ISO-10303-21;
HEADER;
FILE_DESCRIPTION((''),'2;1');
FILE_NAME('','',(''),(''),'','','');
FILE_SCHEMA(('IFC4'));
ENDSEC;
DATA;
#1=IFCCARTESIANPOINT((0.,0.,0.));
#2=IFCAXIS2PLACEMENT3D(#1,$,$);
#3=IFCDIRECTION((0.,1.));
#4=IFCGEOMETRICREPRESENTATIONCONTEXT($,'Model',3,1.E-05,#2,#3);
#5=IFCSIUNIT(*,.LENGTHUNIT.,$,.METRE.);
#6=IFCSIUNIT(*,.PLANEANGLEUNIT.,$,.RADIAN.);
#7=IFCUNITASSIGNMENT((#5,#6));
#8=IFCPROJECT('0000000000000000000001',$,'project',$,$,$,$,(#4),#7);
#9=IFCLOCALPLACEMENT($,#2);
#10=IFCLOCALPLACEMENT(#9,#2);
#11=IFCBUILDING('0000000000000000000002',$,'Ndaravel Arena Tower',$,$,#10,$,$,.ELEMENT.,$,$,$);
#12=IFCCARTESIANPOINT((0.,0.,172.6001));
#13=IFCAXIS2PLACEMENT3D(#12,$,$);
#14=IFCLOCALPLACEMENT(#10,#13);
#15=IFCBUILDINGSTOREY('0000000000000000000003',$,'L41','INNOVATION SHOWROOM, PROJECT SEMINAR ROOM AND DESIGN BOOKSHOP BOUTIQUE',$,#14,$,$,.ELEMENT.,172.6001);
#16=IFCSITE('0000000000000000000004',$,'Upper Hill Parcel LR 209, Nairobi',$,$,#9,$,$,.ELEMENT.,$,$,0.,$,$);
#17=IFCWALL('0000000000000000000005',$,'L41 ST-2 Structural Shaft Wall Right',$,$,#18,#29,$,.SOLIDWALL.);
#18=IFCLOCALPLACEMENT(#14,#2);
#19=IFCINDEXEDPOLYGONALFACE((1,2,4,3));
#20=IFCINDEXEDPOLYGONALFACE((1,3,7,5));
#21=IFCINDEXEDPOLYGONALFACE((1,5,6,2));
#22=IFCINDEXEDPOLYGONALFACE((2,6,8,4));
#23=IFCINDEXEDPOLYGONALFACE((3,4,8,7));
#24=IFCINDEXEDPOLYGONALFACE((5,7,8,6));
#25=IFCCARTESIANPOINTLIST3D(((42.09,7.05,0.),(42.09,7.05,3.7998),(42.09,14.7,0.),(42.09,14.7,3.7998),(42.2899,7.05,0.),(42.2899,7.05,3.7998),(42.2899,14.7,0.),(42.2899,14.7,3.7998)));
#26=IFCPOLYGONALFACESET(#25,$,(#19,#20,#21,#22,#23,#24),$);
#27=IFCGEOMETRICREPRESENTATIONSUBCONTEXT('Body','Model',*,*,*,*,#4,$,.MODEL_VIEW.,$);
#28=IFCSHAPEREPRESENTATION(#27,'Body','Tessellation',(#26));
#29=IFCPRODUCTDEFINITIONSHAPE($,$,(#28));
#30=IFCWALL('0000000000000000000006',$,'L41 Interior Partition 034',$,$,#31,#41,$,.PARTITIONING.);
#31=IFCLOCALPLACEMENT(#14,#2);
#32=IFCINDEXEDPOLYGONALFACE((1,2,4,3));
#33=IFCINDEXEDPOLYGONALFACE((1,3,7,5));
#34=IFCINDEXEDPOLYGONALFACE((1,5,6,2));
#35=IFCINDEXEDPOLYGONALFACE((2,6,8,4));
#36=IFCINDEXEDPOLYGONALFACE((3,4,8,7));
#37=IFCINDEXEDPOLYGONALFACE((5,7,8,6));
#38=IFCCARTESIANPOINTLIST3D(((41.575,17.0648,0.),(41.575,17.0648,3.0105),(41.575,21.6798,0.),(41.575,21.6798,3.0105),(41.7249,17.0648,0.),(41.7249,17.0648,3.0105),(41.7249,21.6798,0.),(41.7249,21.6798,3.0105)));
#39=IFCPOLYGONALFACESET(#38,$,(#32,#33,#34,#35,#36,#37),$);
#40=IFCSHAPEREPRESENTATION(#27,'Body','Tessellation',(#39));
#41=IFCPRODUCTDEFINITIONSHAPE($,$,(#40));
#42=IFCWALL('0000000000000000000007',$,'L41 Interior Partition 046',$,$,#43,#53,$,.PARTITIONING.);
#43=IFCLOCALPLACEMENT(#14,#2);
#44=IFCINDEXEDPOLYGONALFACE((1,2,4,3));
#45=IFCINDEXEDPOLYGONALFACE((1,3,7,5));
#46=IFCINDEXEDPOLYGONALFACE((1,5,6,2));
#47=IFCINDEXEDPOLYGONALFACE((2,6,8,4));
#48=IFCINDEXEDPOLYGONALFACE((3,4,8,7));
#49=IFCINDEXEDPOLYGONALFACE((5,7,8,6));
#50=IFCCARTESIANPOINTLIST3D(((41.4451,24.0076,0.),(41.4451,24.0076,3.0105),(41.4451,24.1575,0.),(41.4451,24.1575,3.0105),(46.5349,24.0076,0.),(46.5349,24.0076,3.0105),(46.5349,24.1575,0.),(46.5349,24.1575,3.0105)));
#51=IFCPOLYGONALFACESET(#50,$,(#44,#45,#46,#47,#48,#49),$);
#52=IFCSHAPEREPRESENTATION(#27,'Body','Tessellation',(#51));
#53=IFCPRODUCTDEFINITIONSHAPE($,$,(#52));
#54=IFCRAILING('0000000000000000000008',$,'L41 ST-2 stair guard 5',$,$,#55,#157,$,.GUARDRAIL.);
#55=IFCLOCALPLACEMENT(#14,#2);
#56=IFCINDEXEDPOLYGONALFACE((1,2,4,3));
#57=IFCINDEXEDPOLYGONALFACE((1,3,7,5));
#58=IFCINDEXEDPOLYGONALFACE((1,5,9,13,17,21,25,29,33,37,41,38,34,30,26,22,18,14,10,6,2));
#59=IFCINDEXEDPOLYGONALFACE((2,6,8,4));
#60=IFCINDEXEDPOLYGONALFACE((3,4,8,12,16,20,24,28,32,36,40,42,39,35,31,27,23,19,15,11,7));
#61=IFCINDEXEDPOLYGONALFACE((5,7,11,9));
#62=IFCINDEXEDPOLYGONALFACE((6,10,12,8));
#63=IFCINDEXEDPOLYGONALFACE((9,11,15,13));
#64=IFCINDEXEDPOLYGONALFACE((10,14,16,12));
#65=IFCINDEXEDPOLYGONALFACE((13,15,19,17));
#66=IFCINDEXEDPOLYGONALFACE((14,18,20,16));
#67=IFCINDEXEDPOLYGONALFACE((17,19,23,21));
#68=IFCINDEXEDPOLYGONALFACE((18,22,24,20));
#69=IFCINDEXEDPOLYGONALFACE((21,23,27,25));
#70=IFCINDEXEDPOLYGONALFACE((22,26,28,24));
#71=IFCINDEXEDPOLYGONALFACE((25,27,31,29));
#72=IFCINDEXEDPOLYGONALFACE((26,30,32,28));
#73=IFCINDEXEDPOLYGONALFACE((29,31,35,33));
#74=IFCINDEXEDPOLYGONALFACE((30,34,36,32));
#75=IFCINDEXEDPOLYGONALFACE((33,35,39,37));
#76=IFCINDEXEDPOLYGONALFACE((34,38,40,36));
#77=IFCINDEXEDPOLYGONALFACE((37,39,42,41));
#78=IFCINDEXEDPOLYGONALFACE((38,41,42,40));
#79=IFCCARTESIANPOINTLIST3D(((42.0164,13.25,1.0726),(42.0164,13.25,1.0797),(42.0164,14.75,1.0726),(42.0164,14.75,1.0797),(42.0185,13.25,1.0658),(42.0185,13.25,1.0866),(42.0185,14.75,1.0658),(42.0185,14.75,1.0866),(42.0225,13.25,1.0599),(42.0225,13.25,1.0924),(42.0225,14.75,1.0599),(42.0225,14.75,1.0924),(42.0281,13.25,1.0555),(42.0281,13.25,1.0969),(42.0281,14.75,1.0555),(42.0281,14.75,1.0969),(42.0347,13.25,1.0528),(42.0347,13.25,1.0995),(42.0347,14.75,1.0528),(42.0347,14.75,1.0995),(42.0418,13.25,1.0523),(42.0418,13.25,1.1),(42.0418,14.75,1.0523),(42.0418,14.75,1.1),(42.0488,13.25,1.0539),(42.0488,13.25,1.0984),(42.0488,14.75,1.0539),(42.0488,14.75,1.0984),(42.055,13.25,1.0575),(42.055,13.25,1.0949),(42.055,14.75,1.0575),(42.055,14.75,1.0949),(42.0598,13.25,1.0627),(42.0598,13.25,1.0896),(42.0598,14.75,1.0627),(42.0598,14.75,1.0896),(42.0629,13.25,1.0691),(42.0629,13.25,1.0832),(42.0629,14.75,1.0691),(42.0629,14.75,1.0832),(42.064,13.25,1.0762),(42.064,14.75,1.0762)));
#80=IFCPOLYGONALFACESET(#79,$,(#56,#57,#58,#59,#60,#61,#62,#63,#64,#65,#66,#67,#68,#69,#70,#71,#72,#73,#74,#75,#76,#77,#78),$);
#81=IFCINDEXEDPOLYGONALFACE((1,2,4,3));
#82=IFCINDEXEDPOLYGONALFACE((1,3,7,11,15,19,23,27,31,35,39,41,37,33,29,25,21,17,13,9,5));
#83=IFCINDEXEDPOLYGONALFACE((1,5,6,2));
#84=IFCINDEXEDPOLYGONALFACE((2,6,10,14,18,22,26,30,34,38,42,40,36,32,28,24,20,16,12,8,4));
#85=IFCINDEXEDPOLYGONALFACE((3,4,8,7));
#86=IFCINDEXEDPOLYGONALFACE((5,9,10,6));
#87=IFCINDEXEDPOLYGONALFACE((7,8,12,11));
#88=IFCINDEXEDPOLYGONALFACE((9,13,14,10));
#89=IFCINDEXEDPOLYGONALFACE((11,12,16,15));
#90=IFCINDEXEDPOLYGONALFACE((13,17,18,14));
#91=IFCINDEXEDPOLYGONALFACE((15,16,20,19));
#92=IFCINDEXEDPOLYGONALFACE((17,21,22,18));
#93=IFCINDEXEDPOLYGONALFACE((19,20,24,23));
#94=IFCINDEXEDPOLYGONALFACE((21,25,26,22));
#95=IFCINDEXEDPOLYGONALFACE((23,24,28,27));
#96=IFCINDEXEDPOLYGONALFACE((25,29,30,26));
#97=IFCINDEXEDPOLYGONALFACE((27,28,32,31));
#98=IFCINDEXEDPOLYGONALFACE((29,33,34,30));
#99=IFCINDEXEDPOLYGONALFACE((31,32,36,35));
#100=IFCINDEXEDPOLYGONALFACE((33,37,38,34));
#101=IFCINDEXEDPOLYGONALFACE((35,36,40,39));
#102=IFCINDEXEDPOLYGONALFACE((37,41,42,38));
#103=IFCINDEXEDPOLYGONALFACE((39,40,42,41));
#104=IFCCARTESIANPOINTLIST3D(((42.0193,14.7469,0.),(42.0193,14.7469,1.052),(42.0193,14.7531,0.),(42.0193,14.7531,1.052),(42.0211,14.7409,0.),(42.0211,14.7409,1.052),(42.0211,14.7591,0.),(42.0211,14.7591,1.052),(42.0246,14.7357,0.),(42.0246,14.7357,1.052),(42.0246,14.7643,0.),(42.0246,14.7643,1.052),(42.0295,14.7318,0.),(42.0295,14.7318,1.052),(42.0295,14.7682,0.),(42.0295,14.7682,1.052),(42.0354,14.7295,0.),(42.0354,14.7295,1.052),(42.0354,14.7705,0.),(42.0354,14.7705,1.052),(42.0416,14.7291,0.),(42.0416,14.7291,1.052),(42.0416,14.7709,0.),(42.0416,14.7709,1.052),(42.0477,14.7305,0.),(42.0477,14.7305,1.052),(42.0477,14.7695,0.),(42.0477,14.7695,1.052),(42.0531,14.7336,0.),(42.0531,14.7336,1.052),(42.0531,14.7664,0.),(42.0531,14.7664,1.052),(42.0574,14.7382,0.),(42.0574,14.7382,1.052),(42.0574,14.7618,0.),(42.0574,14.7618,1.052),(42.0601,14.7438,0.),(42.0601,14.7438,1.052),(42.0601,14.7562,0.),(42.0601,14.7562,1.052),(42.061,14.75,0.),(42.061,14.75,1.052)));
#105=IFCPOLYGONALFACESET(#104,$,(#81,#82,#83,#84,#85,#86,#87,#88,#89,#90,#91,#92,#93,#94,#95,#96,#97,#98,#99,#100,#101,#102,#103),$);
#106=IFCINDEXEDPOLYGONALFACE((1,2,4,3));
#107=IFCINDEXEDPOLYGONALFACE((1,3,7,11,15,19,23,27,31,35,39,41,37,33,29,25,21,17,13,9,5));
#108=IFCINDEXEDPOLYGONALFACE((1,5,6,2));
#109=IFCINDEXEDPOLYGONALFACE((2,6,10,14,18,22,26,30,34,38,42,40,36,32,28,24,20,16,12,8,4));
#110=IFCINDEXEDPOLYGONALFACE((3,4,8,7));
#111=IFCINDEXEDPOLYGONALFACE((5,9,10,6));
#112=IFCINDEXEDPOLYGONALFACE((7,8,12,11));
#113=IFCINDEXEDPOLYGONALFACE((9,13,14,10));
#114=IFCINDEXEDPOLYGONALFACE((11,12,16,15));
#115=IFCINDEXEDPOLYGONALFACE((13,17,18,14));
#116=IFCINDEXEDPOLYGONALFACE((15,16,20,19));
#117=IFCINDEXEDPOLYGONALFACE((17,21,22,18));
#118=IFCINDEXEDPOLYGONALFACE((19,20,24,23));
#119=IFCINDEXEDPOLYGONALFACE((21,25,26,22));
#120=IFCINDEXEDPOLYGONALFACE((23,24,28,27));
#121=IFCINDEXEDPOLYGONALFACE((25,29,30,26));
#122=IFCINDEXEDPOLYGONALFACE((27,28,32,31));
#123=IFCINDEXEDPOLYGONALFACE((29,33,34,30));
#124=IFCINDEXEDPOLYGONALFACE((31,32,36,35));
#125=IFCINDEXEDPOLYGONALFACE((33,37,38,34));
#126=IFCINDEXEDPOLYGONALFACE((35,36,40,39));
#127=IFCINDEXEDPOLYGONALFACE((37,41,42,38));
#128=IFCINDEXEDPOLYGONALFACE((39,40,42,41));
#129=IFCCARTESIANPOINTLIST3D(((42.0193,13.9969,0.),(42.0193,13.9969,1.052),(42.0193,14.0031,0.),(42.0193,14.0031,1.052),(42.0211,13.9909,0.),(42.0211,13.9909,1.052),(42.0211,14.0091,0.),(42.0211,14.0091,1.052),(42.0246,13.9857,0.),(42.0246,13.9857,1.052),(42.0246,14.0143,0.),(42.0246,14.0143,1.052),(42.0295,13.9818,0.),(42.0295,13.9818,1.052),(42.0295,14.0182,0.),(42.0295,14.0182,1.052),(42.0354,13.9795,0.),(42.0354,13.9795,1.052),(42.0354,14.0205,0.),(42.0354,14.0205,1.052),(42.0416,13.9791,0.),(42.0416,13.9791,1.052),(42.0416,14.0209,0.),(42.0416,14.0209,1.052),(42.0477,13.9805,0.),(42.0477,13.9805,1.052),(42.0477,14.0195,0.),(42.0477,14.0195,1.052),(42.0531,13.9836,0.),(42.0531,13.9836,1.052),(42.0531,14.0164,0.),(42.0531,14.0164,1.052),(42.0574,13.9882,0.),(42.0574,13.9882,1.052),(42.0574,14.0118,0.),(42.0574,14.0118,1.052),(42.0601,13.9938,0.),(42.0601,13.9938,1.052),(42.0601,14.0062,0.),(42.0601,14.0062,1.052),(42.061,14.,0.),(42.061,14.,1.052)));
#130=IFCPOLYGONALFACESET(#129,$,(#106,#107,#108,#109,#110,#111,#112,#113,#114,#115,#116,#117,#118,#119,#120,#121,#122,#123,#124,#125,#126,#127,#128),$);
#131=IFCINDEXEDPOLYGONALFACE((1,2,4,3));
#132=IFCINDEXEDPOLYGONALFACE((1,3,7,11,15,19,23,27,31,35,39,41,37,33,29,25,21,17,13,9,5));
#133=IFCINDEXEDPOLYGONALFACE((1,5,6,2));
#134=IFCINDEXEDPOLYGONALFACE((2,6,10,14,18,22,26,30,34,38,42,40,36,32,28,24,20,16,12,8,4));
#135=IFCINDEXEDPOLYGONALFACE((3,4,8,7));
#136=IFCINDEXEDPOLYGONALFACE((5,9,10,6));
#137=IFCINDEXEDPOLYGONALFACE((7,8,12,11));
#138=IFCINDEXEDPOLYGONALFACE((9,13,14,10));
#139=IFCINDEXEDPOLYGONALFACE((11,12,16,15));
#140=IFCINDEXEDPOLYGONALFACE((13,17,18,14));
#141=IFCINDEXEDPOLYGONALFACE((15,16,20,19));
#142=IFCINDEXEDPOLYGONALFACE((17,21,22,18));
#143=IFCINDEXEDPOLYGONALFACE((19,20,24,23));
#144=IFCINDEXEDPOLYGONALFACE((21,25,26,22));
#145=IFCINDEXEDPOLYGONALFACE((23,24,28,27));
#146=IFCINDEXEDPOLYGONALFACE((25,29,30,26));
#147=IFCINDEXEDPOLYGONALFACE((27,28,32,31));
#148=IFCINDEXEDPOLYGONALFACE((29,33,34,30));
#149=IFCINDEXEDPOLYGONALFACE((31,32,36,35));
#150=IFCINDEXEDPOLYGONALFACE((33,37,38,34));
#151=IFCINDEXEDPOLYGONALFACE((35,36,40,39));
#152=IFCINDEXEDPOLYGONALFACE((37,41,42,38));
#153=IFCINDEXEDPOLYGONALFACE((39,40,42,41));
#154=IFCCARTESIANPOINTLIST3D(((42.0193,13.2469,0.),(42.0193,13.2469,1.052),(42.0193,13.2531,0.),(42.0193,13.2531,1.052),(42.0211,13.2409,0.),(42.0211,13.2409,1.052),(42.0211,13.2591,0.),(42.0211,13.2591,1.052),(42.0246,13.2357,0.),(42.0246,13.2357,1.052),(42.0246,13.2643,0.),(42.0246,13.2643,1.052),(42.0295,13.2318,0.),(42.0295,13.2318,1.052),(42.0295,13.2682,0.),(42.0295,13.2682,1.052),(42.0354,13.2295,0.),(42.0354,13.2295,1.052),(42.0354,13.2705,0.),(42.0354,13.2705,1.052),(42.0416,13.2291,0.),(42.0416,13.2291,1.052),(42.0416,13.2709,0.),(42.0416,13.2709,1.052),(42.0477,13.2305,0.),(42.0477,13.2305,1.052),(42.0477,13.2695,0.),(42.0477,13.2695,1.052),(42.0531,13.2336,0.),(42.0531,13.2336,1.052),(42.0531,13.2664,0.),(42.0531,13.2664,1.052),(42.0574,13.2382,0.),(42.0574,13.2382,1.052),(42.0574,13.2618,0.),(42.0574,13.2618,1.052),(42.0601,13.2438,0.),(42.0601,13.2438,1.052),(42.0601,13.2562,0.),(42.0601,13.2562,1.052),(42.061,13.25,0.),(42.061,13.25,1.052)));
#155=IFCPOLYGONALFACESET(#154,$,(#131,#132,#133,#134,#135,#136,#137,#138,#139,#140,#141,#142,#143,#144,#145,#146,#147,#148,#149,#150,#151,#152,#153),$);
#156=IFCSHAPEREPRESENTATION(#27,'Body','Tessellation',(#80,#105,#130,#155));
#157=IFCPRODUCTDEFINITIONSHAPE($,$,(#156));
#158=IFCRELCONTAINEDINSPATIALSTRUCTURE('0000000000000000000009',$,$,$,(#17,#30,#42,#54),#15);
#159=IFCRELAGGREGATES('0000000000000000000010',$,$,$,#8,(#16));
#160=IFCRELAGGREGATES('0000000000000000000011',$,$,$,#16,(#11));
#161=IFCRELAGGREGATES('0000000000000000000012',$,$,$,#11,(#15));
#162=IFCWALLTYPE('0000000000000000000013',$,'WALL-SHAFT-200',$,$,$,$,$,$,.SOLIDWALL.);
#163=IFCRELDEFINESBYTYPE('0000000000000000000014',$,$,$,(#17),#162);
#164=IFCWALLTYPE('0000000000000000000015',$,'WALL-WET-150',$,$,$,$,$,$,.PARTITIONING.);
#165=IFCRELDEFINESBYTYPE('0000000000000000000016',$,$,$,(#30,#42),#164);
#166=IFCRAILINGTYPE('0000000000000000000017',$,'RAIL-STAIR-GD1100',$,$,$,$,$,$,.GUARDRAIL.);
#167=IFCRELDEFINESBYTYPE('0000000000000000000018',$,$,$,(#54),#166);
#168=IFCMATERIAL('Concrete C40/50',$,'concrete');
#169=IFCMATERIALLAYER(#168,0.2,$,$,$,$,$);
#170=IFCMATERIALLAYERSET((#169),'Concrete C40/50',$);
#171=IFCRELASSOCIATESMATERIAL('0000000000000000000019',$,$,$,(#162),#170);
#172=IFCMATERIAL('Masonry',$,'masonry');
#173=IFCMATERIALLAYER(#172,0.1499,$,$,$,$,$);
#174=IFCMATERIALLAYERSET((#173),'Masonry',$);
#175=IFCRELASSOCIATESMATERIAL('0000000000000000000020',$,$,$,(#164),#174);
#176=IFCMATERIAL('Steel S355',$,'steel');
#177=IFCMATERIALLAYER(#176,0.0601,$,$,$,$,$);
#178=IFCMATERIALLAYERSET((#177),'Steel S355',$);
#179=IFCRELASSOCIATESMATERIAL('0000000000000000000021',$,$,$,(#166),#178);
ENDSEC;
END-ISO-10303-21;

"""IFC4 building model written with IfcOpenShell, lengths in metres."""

from ifc_helpers import new_model, si_unit, direction, frame, frame_2d, origin, origin_2d, place, context, subcontext, project, spatial, rectangle, circle, extrude, material, layer, layer_set, type_object, element, save


model = new_model("IFC4")

# Units and contexts
model_context = context("Model", 3, precision=1e-05, world=origin(), true_north=direction((0.0, 1.0)))
body_context = subcontext(model_context, "Body", "Model", "MODEL_VIEW")
ifc_project = project(units=[si_unit("LENGTHUNIT", "METRE"), si_unit("PLANEANGLEUNIT", "RADIAN")], contexts=[model_context])

# Site, building, storey
site_placement = place(None, origin())
site = spatial("IfcSite", under=ifc_project, at=site_placement, Name="Upper Hill Parcel LR 209, Nairobi", CompositionType="ELEMENT", RefElevation=0.0)
building_placement = place(site_placement, origin())
building = spatial("IfcBuilding", under=site, at=building_placement, Name="Ndaravel Arena Tower", CompositionType="ELEMENT")
storey_placement = place(building_placement, frame((0.0, 0.0, 172.6001)))
storey = spatial("IfcBuildingStorey", under=building, at=storey_placement, Name="L41", Description="INNOVATION SHOWROOM, PROJECT SEMINAR ROOM AND DESIGN BOOKSHOP BOUTIQUE", CompositionType="ELEMENT", Elevation=172.6001)

# Walls
ifc_material_1 = material(Name="Concrete C40/50", Category="concrete")
ifc_layer_1 = layer(ifc_material_1, 0.2)
ifc_layer_set_1 = layer_set([ifc_layer_1], Name="Concrete C40/50")
wall_type_1 = type_object("IfcWallType", Name="WALL-SHAFT-200", PredefinedType="SOLIDWALL", material=ifc_layer_set_1)
wall_1_placement = place(storey_placement, frame((42.1899, 14.7, 0.0), z_axis=(0.0, 0.0, 1.0), x_axis=(0.0, -1.0, 0.0)))
element("IfcWall", 1, at=wall_1_placement, inside=storey, type_object=wall_type_1, Name="L41 ST-2 Structural Shaft Wall Right", PredefinedType="SOLIDWALL", context=body_context, shape_type="SweptSolid", body=[
    extrude(rectangle(XDim=7.6499, YDim=0.2, at=frame_2d((3.825, 0.0))), origin(), (0.0, 0.0, 1.0), 3.7998),
])
ifc_material_2 = material(Name="Masonry", Category="masonry")
ifc_layer_2 = layer(ifc_material_2, 0.1499)
ifc_layer_set_2 = layer_set([ifc_layer_2], Name="Masonry")
wall_type_2 = type_object("IfcWallType", Name="WALL-WET-150", PredefinedType="PARTITIONING", material=ifc_layer_set_2)
wall_2_placement = place(storey_placement, frame((41.6499, 21.6799, 0.0), z_axis=(0.0, 0.0, 1.0), x_axis=(0.0, -1.0, 0.0)))
element("IfcWall", 2, at=wall_2_placement, inside=storey, type_object=wall_type_2, Name="L41 Interior Partition 034", PredefinedType="PARTITIONING", context=body_context, shape_type="SweptSolid", body=[
    extrude(rectangle(XDim=4.615, YDim=0.1499, at=frame_2d((2.3076, 0.0))), origin(), (0.0, 0.0, 1.0), 3.0105),
])
wall_3_placement = place(storey_placement, frame((41.4451, 24.0825, 0.0), z_axis=(0.0, 0.0, 1.0), x_axis=(1.0, 0.0, 0.0)))
element("IfcWall", 3, at=wall_3_placement, inside=storey, type_object=wall_type_2, Name="L41 Interior Partition 046", PredefinedType="PARTITIONING", context=body_context, shape_type="SweptSolid", body=[
    extrude(rectangle(XDim=5.0898, YDim=0.1499, at=frame_2d((2.5449, 0.0))), origin(), (0.0, 0.0, 1.0), 3.0105),
])

# Railing
ifc_material_3 = material(Name="Steel S355", Category="steel")
ifc_layer_3 = layer(ifc_material_3, 0.0601)
ifc_layer_set_3 = layer_set([ifc_layer_3], Name="Steel S355")
railing_type = type_object("IfcRailingType", Name="RAIL-STAIR-GD1100", PredefinedType="GUARDRAIL", material=ifc_layer_set_3)
railing_1_placement = place(storey_placement, frame((42.04, 14.75, 0.0)))
element("IfcRailing", 4, at=railing_1_placement, inside=storey, type_object=railing_type, Name="L41 ST-2 stair guard 5", PredefinedType="GUARDRAIL", context=body_context, shape_type="SweptSolid", body=[
    extrude(circle(Radius=0.0239, at=origin_2d()), frame((0.0, 0.0, 1.0762), z_axis=(0.0, -1.0, 0.0), x_axis=(1.0, 0.0, 0.0)), (0.0, 0.0, 1.0), 1.5),
    extrude(circle(Radius=0.021, at=origin_2d()), origin(), (0.0, 0.0, 1.0), 1.052),
    extrude(circle(Radius=0.021, at=origin_2d()), frame((0.0, -0.75, 0.0)), (0.0, 0.0, 1.0), 1.052),
    extrude(circle(Radius=0.021, at=origin_2d()), frame((0.0, -1.5, 0.0)), (0.0, 0.0, 1.0), 1.052),
])

save(model, "model.ifc")
